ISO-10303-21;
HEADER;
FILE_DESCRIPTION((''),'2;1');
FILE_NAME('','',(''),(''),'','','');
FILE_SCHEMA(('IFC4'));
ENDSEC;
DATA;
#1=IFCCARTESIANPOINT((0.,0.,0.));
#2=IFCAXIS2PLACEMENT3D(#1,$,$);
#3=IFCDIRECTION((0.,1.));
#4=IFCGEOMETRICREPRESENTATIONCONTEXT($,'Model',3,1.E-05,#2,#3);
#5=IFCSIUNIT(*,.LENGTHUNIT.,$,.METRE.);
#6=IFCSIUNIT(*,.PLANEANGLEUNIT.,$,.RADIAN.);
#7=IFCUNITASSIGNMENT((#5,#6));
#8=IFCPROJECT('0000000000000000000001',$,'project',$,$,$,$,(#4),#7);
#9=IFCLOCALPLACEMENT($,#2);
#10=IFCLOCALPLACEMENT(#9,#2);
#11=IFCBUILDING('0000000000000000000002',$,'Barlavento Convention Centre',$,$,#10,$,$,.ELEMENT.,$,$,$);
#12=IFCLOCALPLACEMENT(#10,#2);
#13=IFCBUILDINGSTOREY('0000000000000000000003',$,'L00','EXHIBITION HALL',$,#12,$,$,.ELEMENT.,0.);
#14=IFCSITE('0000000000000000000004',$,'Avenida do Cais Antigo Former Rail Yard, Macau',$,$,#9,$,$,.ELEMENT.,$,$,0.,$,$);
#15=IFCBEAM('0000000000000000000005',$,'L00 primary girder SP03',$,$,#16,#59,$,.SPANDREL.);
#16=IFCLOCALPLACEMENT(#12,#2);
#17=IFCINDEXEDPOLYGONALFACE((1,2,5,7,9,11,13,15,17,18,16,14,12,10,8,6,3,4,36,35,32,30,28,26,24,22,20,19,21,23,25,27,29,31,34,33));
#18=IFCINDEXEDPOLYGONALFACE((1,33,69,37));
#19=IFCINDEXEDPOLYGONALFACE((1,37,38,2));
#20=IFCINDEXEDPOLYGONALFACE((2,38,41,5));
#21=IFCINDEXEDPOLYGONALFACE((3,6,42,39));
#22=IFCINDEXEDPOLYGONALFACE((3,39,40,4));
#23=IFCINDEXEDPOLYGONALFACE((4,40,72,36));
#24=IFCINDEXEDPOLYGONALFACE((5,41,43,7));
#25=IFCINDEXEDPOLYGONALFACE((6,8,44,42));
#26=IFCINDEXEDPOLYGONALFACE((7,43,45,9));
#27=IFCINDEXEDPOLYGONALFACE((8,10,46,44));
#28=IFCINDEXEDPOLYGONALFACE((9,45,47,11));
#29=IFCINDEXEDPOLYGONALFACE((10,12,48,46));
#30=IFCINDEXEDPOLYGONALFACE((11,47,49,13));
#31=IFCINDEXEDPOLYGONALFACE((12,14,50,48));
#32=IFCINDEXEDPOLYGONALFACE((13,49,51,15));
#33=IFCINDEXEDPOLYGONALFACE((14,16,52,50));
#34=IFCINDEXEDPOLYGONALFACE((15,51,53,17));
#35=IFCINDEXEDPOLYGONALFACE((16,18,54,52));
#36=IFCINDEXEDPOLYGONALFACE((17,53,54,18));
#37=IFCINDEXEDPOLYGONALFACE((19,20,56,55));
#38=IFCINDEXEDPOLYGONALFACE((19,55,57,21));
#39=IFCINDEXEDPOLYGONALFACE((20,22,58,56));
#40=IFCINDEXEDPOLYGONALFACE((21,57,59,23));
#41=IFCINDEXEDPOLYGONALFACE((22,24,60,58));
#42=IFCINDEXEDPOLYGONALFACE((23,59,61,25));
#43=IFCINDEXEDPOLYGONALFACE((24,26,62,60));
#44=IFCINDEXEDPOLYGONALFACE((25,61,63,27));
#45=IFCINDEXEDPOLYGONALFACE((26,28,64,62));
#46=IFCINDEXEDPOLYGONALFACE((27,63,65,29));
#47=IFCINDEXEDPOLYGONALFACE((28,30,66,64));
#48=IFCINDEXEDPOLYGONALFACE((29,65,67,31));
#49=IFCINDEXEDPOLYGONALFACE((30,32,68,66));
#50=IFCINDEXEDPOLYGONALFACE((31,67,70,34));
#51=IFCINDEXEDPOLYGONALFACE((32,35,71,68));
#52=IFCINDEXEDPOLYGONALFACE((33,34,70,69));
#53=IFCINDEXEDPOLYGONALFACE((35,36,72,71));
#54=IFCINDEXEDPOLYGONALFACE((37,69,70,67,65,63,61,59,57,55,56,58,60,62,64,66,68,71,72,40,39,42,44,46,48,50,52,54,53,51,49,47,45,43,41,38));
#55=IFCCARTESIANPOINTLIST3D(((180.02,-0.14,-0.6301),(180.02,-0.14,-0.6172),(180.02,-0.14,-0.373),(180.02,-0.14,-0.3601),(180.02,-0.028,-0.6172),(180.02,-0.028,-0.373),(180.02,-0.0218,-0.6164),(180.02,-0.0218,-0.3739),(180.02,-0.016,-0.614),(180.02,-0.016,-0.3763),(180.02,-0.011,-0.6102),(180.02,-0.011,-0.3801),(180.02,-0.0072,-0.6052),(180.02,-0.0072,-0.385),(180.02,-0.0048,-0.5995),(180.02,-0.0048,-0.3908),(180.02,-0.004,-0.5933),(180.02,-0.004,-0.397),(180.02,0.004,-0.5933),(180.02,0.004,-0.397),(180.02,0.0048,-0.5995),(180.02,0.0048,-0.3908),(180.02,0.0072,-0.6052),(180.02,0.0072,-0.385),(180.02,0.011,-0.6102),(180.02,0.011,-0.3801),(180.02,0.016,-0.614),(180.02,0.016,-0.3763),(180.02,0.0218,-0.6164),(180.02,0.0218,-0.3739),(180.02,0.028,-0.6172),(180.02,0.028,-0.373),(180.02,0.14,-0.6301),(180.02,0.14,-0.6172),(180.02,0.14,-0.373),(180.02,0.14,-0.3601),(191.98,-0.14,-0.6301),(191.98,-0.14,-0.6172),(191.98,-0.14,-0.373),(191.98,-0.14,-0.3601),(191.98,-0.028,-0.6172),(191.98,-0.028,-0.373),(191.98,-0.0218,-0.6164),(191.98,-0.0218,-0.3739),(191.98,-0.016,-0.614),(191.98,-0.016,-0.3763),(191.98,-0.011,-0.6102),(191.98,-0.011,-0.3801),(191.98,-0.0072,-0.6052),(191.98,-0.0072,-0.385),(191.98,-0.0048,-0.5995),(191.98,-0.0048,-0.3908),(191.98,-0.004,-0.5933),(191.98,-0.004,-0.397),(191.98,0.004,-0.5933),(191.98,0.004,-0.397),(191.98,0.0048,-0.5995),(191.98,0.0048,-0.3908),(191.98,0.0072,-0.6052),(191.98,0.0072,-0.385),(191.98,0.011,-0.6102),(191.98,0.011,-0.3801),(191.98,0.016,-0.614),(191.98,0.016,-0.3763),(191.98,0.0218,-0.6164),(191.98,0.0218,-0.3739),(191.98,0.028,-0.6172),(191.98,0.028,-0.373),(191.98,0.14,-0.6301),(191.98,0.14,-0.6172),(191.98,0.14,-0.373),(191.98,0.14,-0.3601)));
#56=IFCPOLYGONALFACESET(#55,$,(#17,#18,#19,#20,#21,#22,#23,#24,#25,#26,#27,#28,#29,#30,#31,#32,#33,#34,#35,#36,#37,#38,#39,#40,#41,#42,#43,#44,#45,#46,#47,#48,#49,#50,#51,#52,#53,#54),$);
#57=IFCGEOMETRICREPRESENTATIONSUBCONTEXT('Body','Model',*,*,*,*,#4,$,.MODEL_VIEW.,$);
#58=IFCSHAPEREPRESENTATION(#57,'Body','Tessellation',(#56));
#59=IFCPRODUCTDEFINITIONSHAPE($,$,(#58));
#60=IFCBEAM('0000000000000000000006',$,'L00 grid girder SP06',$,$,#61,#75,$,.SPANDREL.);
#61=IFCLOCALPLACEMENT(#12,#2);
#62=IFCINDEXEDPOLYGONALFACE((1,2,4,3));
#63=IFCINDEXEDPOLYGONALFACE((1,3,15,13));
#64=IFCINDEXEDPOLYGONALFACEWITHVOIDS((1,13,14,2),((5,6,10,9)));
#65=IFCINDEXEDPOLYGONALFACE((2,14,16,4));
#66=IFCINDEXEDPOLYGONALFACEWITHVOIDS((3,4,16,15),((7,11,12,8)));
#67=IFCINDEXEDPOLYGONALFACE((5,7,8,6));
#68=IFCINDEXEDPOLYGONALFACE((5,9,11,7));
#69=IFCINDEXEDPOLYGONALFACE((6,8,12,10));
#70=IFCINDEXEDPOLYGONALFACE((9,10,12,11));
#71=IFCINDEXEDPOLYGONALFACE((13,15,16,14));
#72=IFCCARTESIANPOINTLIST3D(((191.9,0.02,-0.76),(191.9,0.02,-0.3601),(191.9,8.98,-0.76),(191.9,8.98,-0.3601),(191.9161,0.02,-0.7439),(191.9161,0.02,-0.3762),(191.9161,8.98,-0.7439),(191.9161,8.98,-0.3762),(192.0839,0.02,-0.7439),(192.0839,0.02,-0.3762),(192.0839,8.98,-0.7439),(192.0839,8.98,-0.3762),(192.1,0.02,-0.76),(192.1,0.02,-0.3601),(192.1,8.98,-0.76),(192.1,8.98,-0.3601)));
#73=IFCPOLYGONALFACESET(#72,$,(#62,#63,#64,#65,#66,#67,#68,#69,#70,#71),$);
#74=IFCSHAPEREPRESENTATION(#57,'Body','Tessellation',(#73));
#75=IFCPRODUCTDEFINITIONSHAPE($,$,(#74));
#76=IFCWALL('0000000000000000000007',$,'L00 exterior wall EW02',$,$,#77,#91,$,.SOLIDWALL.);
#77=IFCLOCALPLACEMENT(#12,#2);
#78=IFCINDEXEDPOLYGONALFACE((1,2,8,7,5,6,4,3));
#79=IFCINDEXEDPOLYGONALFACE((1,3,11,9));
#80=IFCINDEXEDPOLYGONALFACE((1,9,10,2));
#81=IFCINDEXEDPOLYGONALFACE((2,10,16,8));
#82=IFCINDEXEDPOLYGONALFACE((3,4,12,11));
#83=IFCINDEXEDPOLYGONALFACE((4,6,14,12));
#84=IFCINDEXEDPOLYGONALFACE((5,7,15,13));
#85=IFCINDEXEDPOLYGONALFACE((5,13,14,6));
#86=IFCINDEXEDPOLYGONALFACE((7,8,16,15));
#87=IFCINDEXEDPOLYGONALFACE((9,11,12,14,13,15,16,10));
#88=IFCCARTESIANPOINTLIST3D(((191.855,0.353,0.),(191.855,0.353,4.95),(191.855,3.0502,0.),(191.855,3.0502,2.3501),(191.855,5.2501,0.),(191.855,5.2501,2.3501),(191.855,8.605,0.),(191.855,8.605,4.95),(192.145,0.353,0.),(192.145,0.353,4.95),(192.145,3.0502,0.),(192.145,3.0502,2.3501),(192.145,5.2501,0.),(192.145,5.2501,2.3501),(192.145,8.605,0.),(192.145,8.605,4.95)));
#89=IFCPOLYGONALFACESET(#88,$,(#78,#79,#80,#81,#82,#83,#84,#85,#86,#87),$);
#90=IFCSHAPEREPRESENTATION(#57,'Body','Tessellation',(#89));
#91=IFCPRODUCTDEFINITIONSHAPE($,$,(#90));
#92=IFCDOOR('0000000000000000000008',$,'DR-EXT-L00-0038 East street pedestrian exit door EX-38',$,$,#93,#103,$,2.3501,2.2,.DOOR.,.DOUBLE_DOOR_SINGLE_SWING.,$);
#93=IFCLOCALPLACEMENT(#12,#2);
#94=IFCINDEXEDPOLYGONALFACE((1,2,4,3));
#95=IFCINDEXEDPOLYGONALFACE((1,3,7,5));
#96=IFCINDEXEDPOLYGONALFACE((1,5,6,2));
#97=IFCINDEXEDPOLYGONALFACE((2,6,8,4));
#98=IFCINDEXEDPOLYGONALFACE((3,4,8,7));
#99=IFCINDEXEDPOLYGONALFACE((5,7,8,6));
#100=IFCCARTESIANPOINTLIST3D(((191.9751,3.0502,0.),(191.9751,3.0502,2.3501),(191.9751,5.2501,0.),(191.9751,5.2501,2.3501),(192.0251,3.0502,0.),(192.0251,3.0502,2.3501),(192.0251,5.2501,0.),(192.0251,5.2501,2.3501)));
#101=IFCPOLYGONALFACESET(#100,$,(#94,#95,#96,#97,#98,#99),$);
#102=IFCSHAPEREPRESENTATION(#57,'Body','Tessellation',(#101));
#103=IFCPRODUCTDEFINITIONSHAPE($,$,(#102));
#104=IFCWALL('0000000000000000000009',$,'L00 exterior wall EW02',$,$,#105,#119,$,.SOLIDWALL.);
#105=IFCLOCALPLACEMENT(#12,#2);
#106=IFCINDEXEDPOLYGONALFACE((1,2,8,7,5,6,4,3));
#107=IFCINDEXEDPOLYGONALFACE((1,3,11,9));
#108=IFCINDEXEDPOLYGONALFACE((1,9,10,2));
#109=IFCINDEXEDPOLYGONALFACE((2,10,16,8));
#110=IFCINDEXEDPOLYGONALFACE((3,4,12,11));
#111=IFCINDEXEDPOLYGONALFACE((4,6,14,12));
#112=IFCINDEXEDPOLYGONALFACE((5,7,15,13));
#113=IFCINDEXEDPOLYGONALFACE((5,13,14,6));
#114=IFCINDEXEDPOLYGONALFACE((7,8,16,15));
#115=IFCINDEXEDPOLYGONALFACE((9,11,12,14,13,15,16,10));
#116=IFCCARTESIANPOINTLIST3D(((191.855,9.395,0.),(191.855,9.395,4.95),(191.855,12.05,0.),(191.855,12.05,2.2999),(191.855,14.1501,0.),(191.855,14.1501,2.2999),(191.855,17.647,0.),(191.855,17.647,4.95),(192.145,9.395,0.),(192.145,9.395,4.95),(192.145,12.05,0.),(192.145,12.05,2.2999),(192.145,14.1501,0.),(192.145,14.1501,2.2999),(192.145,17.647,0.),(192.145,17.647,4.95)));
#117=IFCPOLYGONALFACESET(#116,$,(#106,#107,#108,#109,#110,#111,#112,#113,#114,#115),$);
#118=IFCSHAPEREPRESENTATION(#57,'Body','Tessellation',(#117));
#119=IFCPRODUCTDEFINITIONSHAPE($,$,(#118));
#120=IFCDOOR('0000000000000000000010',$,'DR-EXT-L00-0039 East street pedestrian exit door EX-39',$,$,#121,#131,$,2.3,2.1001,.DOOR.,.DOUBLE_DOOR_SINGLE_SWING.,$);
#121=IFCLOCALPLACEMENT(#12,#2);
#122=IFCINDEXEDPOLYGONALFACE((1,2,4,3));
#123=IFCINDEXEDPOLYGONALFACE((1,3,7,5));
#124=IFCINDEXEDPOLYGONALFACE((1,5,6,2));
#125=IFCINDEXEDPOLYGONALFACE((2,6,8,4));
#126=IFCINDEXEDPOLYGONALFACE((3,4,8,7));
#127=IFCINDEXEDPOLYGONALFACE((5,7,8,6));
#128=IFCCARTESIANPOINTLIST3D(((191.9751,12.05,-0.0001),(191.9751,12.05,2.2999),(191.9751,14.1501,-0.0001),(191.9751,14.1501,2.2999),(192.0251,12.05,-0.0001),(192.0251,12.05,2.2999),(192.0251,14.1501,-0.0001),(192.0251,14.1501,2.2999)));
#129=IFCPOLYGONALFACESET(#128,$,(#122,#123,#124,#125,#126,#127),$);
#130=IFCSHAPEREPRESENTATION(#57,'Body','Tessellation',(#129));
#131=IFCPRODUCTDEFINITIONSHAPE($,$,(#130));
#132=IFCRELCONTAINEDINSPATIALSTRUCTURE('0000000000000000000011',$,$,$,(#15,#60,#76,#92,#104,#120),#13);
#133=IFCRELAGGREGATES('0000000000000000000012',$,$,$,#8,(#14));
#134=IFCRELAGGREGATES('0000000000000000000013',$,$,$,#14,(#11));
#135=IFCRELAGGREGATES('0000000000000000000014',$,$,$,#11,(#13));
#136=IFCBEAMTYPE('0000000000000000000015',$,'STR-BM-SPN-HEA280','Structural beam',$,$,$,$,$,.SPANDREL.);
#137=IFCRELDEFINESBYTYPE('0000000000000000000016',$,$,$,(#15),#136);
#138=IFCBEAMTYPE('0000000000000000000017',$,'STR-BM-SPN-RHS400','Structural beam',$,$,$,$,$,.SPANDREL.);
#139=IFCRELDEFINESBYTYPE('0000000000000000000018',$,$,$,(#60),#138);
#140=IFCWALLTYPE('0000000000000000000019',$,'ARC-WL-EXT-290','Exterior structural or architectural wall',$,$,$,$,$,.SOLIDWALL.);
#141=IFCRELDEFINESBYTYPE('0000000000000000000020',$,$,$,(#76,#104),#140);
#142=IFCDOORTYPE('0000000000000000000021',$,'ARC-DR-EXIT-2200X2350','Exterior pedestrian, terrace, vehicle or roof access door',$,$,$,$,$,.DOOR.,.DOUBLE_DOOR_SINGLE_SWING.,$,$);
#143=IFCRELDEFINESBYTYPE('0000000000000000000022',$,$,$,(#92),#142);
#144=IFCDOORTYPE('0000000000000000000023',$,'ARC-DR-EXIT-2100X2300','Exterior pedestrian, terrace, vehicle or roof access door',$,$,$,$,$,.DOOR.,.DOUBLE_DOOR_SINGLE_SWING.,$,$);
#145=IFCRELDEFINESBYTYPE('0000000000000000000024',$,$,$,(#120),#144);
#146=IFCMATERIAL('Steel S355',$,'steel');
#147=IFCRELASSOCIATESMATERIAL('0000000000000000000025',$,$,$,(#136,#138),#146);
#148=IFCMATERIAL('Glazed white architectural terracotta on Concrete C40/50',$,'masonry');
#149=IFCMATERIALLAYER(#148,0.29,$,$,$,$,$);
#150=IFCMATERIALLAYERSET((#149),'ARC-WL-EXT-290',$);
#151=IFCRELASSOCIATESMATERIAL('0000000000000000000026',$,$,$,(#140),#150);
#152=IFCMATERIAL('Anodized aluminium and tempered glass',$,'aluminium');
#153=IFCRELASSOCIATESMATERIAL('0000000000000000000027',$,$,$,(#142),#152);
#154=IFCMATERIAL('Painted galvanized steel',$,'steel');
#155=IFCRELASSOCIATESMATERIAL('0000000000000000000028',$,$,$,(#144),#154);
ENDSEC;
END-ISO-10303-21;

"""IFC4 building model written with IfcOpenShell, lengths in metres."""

from ifc_helpers import new_model, si_unit, direction, frame, frame_2d, origin, origin_2d, place, context, subcontext, project, spatial, rectangle, hollow_rectangle, i_section, extrude, material, layer, layer_set, material_profile, profile_set, type_object, element, fill, save


model = new_model("IFC4")

# Units and contexts
model_context = context("Model", 3, precision=1e-05, world=origin(), true_north=direction((0.0, 1.0)))
body_context = subcontext(model_context, "Body", "Model", "MODEL_VIEW")
ifc_project = project(units=[si_unit("LENGTHUNIT", "METRE"), si_unit("PLANEANGLEUNIT", "RADIAN")], contexts=[model_context])

# Site, building, storey
site_placement = place(None, origin())
site = spatial("IfcSite", under=ifc_project, at=site_placement, Name="Avenida do Cais Antigo Former Rail Yard, Macau", CompositionType="ELEMENT", RefElevation=0.0)
building_placement = place(site_placement, origin())
building = spatial("IfcBuilding", under=site, at=building_placement, Name="Barlavento Convention Centre", CompositionType="ELEMENT")
storey_placement = place(building_placement, origin())
storey = spatial("IfcBuildingStorey", under=building, at=storey_placement, Name="L00", Description="EXHIBITION HALL", CompositionType="ELEMENT", Elevation=0.0)

# Beams
ifc_material_1 = material(Name="Steel S355", Category="steel")
ifc_material_profile_1 = material_profile(ifc_material_1, i_section(OverallWidth=0.28, OverallDepth=0.27, WebThickness=0.0081, FlangeThickness=0.0129, FilletRadius=0.0239, at=origin_2d()), Name="HEA 280")
ifc_profile_set_1 = profile_set([ifc_material_profile_1], Name="Steel S355")
beam_type_1 = type_object("IfcBeamType", Name="STR-BM-SPN-HEA280", Description="Structural beam", PredefinedType="SPANDREL", material=ifc_profile_set_1)
beam_1_placement = place(storey_placement, frame((180.02, 0.0, -0.4951), z_axis=(1.0, 0.0, 0.0), x_axis=(0.0, 1.0, 0.0)))
element("IfcBeam", 1, at=beam_1_placement, inside=storey, type_object=beam_type_1, Name="L00 primary girder SP03", PredefinedType="SPANDREL", context=body_context, shape_type="SweptSolid", body=[
    extrude(i_section(OverallWidth=0.28, OverallDepth=0.27, WebThickness=0.0081, FlangeThickness=0.0129, FilletRadius=0.0239, at=origin_2d()), origin(), (0.0, 0.0, 1.0), 11.96),
])
ifc_material_profile_2 = material_profile(ifc_material_1, hollow_rectangle(XDim=0.2, YDim=0.3999, WallThickness=0.0161, at=origin_2d()), Name="RHS 400x200x16.0")
ifc_profile_set_2 = profile_set([ifc_material_profile_2], Name="Steel S355")
beam_type_2 = type_object("IfcBeamType", Name="STR-BM-SPN-RHS400", Description="Structural beam", PredefinedType="SPANDREL", material=ifc_profile_set_2)
beam_2_placement = place(storey_placement, frame((192.0, 0.02, -0.5601), z_axis=(0.0, 1.0, 0.0), x_axis=(-1.0, 0.0, 0.0)))
element("IfcBeam", 2, at=beam_2_placement, inside=storey, type_object=beam_type_2, Name="L00 grid girder SP06", PredefinedType="SPANDREL", context=body_context, shape_type="SweptSolid", body=[
    extrude(hollow_rectangle(XDim=0.2, YDim=0.3999, WallThickness=0.0161, at=origin_2d()), origin(), (0.0, 0.0, 1.0), 8.96),
])

# Walls, openings, doors
ifc_material_2 = material(Name="Glazed white architectural terracotta on Concrete C40/50", Category="masonry")
ifc_layer_1 = layer(ifc_material_2, 0.29)
ifc_layer_set_1 = layer_set([ifc_layer_1], Name="ARC-WL-EXT-290")
wall_type_1 = type_object("IfcWallType", Name="ARC-WL-EXT-290", Description="Exterior structural or architectural wall", PredefinedType="SOLIDWALL", material=ifc_layer_set_1)
wall_1_placement = place(storey_placement, frame((192.0, 0.353, 0.0), z_axis=(0.0, 0.0, 1.0), x_axis=(0.0, 1.0, 0.0)))
wall_1 = element("IfcWall", 3, at=wall_1_placement, inside=storey, type_object=wall_type_1, Name="L00 exterior wall EW02", PredefinedType="SOLIDWALL", context=body_context, shape_type="SweptSolid", body=[
    extrude(rectangle(XDim=8.252, YDim=0.29, at=frame_2d((4.126, 0.0))), origin(), (0.0, 0.0, 1.0), 4.95),
])
opening_1_placement = place(wall_1_placement, frame((2.697, 0.0, 0.0)))
opening_1 = element("IfcOpeningElement", 4, at=opening_1_placement, cuts=wall_1, PredefinedType="OPENING", context=body_context, shape_type="SweptSolid", body=[
    extrude(rectangle(XDim=2.2, YDim=2.3501, at=frame_2d((1.1001, 1.175))), frame((0.0, 0.155, 0.0), z_axis=(0.0, -1.0, 0.0), x_axis=(1.0, 0.0, 0.0)), (0.0, 0.0, 1.0), 0.3101),
])
ifc_material_3 = material(Name="Anodized aluminium and tempered glass", Category="aluminium")
door_type_1 = type_object("IfcDoorType", Name="ARC-DR-EXIT-2200X2350", Description="Exterior pedestrian, terrace, vehicle or roof access door", OperationType="DOUBLE_DOOR_SINGLE_SWING", PredefinedType="DOOR", material=ifc_material_3)
door_1_placement = place(opening_1_placement, origin())
door_1 = element("IfcDoor", 5, at=door_1_placement, inside=storey, type_object=door_type_1, Name="DR-EXT-L00-0038 East street pedestrian exit door EX-38", OperationType="DOUBLE_DOOR_SINGLE_SWING", OverallHeight=2.3501, OverallWidth=2.2, PredefinedType="DOOR", context=body_context, shape_type="SweptSolid", body=[
    extrude(rectangle(XDim=2.2, YDim=2.3501, at=frame_2d((1.1001, 1.175))), frame((0.0, 0.0249, 0.0), z_axis=(0.0, -1.0, 0.0), x_axis=(1.0, 0.0, 0.0)), (0.0, 0.0, 1.0), 0.05),
])
fill(opening_1, door_1)
wall_2_placement = place(storey_placement, frame((192.0, 9.395, 0.0), z_axis=(0.0, 0.0, 1.0), x_axis=(0.0, 1.0, 0.0)))
wall_2 = element("IfcWall", 6, at=wall_2_placement, inside=storey, type_object=wall_type_1, Name="L00 exterior wall EW02", PredefinedType="SOLIDWALL", context=body_context, shape_type="SweptSolid", body=[
    extrude(rectangle(XDim=8.252, YDim=0.29, at=frame_2d((4.126, 0.0))), origin(), (0.0, 0.0, 1.0), 4.95),
])
opening_2_placement = place(wall_2_placement, frame((2.655, 0.0, 0.0)))
opening_2 = element("IfcOpeningElement", 7, at=opening_2_placement, cuts=wall_2, PredefinedType="OPENING", context=body_context, shape_type="SweptSolid", body=[
    extrude(rectangle(XDim=2.1001, YDim=2.3, at=frame_2d((1.05, 1.1499))), frame((0.0, 0.155, 0.0), z_axis=(0.0, -1.0, 0.0), x_axis=(1.0, 0.0, 0.0)), (0.0, 0.0, 1.0), 0.3101),
])
ifc_material_4 = material(Name="Painted galvanized steel", Category="steel")
door_type_2 = type_object("IfcDoorType", Name="ARC-DR-EXIT-2100X2300", Description="Exterior pedestrian, terrace, vehicle or roof access door", OperationType="DOUBLE_DOOR_SINGLE_SWING", PredefinedType="DOOR", material=ifc_material_4)
door_2_placement = place(opening_2_placement, origin())
door_2 = element("IfcDoor", 8, at=door_2_placement, inside=storey, type_object=door_type_2, Name="DR-EXT-L00-0039 East street pedestrian exit door EX-39", OperationType="DOUBLE_DOOR_SINGLE_SWING", OverallHeight=2.3, OverallWidth=2.1001, PredefinedType="DOOR", context=body_context, shape_type="SweptSolid", body=[
    extrude(rectangle(XDim=2.1001, YDim=2.3, at=frame_2d((1.05, 1.1499))), frame((0.0, 0.0249, 0.0), z_axis=(0.0, -1.0, 0.0), x_axis=(1.0, 0.0, 0.0)), (0.0, 0.0, 1.0), 0.05),
])
fill(opening_2, door_2)

save(model, "model.ifc")
